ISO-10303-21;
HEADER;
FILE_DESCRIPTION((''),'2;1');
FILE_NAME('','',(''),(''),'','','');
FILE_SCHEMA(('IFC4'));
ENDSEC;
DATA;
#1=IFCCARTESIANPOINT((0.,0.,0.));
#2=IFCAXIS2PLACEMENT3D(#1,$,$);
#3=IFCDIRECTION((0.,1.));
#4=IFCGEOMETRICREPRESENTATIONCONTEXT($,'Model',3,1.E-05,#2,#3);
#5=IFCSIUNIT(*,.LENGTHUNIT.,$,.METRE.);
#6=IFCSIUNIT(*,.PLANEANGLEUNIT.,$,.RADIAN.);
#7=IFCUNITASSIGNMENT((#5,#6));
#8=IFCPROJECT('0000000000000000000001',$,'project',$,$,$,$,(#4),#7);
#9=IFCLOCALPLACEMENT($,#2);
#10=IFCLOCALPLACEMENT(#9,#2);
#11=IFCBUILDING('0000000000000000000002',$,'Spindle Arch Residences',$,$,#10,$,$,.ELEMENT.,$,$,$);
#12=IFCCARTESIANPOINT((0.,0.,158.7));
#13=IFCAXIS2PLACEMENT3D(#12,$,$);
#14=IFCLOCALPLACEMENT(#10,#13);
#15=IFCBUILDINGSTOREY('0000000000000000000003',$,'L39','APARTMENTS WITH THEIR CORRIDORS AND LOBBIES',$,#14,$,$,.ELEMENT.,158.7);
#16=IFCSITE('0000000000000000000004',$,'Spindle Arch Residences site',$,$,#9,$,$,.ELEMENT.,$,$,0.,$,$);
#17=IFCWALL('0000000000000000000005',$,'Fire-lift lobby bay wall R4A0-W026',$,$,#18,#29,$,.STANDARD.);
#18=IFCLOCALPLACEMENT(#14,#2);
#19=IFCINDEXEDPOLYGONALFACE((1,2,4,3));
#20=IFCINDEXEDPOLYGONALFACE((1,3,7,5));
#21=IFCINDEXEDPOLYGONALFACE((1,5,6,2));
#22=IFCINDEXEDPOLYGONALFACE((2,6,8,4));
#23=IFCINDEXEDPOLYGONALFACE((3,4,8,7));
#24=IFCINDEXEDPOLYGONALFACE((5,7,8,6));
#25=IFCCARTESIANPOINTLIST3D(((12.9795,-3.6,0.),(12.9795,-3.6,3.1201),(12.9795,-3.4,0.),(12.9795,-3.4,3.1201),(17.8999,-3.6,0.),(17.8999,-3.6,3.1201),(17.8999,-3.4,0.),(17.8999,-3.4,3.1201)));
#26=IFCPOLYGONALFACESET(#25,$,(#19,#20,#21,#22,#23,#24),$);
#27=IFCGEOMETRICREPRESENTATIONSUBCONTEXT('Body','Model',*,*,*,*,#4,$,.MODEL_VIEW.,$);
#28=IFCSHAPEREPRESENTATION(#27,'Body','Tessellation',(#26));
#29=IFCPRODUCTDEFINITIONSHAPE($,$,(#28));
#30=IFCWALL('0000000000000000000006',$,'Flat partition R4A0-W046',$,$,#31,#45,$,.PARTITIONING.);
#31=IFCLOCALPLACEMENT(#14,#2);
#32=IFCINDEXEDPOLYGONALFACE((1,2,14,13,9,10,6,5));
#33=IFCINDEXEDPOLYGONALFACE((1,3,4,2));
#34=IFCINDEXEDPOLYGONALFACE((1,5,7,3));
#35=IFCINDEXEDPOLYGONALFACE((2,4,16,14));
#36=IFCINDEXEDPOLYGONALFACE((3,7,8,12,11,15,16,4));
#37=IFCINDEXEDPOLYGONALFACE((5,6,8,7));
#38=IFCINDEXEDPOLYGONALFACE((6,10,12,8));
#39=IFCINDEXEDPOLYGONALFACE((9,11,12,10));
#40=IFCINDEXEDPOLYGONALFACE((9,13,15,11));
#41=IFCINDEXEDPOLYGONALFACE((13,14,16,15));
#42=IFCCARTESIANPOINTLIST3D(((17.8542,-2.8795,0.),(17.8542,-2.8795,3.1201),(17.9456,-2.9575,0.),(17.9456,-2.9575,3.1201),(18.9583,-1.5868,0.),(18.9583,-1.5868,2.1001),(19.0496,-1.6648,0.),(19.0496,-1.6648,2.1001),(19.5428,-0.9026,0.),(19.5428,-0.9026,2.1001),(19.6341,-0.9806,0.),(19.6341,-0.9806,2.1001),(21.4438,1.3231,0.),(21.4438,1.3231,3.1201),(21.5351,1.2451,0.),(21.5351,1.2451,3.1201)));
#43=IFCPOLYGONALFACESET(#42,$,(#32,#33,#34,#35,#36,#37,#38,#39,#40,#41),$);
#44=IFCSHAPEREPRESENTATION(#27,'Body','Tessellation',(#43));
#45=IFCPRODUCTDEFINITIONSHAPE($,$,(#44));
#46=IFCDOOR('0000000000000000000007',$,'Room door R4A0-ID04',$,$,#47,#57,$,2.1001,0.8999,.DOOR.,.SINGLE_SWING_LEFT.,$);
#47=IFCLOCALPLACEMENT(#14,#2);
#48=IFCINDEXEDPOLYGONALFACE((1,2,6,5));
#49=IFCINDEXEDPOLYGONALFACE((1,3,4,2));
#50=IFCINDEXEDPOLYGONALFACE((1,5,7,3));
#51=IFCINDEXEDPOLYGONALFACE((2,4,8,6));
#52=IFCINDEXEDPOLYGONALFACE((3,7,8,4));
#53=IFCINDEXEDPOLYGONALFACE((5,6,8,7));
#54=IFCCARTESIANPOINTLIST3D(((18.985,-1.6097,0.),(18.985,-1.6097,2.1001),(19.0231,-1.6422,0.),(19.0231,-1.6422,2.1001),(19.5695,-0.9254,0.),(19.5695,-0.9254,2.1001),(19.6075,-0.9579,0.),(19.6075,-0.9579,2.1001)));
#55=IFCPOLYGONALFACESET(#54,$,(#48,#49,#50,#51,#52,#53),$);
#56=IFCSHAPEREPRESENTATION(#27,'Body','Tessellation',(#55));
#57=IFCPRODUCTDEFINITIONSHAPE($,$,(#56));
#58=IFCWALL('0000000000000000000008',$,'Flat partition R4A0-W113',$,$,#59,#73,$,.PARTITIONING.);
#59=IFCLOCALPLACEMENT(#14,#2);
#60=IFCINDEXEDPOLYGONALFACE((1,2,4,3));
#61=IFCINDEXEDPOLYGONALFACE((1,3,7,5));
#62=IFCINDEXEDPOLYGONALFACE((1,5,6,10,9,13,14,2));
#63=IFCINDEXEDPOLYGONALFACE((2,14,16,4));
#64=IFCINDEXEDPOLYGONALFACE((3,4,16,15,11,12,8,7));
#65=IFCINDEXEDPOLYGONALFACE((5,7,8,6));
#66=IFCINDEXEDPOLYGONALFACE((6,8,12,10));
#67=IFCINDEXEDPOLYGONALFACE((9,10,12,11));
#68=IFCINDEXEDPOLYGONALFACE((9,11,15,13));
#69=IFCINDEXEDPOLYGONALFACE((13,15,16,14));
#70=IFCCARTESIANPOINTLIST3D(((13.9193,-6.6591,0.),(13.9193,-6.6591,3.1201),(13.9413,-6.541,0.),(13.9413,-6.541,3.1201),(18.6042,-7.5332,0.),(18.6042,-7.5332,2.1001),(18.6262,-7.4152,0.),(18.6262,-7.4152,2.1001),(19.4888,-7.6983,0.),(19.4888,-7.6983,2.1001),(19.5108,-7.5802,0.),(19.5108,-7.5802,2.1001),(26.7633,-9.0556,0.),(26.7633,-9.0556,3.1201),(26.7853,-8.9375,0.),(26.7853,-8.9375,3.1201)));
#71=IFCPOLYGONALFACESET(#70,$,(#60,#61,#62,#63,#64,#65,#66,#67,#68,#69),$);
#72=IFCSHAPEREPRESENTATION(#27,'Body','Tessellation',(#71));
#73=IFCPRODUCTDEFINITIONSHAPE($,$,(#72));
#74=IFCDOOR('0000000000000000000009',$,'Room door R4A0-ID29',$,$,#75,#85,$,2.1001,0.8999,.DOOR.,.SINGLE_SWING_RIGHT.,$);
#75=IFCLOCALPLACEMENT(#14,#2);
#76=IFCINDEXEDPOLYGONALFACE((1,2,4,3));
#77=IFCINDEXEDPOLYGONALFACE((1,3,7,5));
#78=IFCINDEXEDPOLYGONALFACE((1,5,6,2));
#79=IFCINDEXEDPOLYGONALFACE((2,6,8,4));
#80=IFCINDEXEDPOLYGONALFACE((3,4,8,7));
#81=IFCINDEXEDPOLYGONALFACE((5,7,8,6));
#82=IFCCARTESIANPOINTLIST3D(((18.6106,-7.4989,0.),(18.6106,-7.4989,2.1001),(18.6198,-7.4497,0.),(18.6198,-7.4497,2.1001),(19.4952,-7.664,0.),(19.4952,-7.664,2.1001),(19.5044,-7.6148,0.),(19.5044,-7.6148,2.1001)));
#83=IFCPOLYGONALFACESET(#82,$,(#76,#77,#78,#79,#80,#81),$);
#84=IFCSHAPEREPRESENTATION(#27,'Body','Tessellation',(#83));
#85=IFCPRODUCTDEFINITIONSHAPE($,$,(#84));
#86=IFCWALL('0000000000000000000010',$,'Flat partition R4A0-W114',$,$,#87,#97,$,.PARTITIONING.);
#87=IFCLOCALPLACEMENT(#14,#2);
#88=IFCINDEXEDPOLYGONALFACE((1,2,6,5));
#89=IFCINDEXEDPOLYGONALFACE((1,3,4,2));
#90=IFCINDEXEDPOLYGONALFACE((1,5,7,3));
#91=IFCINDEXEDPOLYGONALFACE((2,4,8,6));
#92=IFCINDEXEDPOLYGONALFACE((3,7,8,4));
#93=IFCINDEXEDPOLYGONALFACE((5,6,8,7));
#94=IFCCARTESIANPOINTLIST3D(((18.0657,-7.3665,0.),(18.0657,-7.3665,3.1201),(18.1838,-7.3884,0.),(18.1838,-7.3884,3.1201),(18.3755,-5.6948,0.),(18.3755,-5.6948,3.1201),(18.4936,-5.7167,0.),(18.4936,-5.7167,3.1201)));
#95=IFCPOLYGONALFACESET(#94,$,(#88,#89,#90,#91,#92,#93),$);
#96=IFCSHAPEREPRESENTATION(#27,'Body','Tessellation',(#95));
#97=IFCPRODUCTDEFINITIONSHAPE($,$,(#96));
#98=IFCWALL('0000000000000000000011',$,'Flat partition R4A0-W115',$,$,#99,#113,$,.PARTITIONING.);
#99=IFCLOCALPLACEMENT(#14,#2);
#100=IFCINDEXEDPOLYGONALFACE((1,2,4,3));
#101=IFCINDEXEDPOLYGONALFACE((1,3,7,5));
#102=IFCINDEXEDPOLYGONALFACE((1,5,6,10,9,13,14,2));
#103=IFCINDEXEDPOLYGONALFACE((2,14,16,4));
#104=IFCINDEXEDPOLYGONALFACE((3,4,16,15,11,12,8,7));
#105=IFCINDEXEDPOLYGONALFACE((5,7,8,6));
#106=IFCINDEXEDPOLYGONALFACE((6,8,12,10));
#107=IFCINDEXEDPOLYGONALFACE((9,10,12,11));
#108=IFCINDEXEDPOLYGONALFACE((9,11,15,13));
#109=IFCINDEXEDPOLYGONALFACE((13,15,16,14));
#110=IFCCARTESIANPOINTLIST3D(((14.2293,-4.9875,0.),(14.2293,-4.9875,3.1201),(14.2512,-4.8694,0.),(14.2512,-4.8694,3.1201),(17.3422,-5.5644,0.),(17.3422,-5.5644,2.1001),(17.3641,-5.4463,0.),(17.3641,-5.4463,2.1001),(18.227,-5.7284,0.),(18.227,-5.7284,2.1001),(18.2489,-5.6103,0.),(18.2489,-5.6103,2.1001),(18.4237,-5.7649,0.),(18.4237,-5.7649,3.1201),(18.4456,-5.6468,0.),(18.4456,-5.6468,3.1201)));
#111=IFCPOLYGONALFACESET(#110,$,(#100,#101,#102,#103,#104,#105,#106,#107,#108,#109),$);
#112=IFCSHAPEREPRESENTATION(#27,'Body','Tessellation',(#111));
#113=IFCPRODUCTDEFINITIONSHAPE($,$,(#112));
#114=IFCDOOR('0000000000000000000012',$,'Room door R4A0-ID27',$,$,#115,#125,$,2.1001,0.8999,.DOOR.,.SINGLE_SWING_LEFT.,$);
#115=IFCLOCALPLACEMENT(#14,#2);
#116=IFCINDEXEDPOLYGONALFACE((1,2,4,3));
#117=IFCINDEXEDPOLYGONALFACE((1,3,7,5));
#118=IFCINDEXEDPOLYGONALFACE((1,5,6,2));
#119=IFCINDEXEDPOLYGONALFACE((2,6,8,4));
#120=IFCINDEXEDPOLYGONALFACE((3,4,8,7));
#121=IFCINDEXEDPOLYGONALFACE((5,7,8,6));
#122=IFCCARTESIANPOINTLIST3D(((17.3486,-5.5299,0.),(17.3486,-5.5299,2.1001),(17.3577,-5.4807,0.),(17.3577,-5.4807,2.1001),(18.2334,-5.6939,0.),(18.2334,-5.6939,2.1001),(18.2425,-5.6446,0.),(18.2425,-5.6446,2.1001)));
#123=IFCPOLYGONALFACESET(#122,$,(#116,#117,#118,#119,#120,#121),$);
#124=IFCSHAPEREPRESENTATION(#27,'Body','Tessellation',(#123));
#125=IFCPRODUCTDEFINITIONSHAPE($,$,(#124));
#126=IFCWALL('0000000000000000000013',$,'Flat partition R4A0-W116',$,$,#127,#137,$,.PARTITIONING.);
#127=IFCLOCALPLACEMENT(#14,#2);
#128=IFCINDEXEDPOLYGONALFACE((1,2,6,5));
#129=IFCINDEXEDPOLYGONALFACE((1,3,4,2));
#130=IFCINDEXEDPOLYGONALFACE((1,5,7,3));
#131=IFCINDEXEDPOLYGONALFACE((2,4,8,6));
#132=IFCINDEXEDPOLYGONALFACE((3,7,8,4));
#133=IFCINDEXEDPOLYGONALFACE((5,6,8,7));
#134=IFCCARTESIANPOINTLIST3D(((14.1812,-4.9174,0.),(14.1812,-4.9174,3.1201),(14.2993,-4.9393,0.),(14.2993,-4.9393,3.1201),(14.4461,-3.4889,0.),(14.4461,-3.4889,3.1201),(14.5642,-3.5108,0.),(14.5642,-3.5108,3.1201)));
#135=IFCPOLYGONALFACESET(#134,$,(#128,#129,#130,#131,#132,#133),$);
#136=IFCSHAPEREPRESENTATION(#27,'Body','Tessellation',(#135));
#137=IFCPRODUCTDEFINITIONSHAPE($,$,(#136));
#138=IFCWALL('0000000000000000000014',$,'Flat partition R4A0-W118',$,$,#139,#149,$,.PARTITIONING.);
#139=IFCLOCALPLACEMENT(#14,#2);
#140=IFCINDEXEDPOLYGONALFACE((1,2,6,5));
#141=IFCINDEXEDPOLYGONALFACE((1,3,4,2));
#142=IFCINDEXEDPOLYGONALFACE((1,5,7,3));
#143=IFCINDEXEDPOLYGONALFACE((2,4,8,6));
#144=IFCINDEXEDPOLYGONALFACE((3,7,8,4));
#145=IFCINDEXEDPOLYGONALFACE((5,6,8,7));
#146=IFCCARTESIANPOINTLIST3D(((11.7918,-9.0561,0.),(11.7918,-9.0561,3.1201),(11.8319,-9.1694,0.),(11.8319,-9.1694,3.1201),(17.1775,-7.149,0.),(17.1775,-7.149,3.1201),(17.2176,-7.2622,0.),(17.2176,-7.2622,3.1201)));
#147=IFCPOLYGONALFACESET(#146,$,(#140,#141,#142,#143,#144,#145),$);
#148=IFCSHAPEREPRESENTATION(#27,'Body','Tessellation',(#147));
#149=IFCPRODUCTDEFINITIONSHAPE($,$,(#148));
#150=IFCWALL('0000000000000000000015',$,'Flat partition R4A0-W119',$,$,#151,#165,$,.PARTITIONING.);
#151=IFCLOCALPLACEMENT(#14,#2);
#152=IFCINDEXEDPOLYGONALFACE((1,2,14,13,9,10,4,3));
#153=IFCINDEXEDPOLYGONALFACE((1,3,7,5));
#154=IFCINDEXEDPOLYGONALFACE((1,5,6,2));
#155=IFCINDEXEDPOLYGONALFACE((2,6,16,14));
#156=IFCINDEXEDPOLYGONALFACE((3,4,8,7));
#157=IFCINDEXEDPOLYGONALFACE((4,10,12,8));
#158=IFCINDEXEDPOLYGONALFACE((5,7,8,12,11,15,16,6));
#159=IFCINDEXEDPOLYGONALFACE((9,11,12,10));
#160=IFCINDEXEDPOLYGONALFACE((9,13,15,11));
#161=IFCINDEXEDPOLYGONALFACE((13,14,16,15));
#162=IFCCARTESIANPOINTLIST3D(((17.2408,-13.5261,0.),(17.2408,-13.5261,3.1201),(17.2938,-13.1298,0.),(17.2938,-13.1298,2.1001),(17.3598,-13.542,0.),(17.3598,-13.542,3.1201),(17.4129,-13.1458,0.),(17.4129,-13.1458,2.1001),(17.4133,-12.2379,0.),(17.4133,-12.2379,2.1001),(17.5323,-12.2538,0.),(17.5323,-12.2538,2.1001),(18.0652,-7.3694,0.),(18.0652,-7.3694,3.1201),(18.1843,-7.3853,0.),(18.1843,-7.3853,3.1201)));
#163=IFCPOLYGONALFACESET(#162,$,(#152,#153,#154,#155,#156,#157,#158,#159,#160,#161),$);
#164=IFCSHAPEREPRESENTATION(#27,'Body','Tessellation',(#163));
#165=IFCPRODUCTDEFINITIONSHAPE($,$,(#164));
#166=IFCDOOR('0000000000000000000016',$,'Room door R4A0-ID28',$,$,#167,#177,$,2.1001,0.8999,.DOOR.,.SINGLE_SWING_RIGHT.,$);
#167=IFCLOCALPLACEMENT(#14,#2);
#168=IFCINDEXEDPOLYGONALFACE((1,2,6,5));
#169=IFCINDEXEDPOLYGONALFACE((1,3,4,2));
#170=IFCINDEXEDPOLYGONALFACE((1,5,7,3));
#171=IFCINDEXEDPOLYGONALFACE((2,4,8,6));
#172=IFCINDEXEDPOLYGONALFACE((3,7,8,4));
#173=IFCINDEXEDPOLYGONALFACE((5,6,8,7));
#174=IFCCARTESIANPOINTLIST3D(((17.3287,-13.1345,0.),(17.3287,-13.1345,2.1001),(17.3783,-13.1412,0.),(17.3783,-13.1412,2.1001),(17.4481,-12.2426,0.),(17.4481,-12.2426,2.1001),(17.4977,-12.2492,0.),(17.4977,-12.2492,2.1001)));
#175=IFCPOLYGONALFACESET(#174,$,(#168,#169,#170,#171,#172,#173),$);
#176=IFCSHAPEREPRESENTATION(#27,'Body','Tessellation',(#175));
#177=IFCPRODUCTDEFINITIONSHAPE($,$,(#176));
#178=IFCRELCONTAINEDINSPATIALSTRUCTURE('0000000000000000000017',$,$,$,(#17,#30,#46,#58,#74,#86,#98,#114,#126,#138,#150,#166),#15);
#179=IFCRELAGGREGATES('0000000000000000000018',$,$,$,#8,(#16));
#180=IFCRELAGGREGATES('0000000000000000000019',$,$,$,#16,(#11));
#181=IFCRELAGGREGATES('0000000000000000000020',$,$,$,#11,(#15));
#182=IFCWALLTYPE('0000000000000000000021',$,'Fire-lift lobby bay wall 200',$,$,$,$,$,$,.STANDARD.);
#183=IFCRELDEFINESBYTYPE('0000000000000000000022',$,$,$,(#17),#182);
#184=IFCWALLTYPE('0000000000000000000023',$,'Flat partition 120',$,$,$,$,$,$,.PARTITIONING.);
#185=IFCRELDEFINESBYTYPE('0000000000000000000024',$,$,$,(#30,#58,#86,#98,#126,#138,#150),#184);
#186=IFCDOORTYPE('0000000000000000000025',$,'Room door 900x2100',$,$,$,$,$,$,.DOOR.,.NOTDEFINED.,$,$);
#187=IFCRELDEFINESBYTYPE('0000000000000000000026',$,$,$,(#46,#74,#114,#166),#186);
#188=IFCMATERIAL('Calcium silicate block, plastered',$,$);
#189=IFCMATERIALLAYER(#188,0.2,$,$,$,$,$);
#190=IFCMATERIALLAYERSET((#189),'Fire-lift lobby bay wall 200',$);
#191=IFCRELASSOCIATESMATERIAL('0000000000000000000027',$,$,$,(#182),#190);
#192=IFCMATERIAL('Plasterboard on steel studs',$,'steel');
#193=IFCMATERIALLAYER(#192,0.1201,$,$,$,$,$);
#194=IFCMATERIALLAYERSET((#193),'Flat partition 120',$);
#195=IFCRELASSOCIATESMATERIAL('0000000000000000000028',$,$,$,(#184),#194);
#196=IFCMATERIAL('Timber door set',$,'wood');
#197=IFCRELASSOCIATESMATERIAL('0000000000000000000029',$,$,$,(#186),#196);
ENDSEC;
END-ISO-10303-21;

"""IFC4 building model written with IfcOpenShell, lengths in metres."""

from ifc_helpers import new_model, si_unit, direction, frame, frame_2d, origin, place, context, subcontext, project, spatial, rectangle, extrude, material, layer, layer_set, type_object, element, fill, save


model = new_model("IFC4")

# Units and contexts
model_context = context("Model", 3, precision=1e-05, world=origin(), true_north=direction((0.0, 1.0)))
body_context = subcontext(model_context, "Body", "Model", "MODEL_VIEW")
ifc_project = project(units=[si_unit("LENGTHUNIT", "METRE"), si_unit("PLANEANGLEUNIT", "RADIAN")], contexts=[model_context])

# Site, building, storey
site_placement = place(None, origin())
site = spatial("IfcSite", under=ifc_project, at=site_placement, Name="Spindle Arch Residences site", CompositionType="ELEMENT", RefElevation=0.0)
building_placement = place(site_placement, origin())
building = spatial("IfcBuilding", under=site, at=building_placement, Name="Spindle Arch Residences", CompositionType="ELEMENT")
storey_placement = place(building_placement, frame((0.0, 0.0, 158.7)))
storey = spatial("IfcBuildingStorey", under=building, at=storey_placement, Name="L39", Description="APARTMENTS WITH THEIR CORRIDORS AND LOBBIES", CompositionType="ELEMENT", Elevation=158.7)

# Shared definitions
ifc_material_1 = material(Name="Calcium silicate block, plastered")
ifc_layer_1 = layer(ifc_material_1, 0.2)
ifc_layer_set_1 = layer_set([ifc_layer_1], Name="Fire-lift lobby bay wall 200")
wall_type_1 = type_object("IfcWallType", Name="Fire-lift lobby bay wall 200", PredefinedType="STANDARD", material=ifc_layer_set_1)

# Wall
wall_1_placement = place(storey_placement, frame((12.9795, -3.5, 0.0), z_axis=(0.0, 0.0, 1.0), x_axis=(1.0, 0.0, 0.0)))
element("IfcWall", 1, at=wall_1_placement, inside=storey, type_object=wall_type_1, Name="Fire-lift lobby bay wall R4A0-W026", PredefinedType="STANDARD", context=body_context, shape_type="SweptSolid", body=[
    extrude(rectangle(XDim=4.9204, YDim=0.2, at=frame_2d((2.4602, 0.0))), origin(), (0.0, 0.0, 1.0), 3.1201),
])

# Walls, openings, doors
ifc_material_2 = material(Name="Plasterboard on steel studs", Category="steel")
ifc_layer_2 = layer(ifc_material_2, 0.1201)
ifc_layer_set_2 = layer_set([ifc_layer_2], Name="Flat partition 120")
wall_type_2 = type_object("IfcWallType", Name="Flat partition 120", PredefinedType="PARTITIONING", material=ifc_layer_set_2)
wall_2_placement = place(storey_placement, frame((17.8999, -2.9185, 0.0), z_axis=(0.0, 0.0, 1.0), x_axis=(0.64947, 0.760387, 0.0)))
wall_2 = element("IfcWall", 2, at=wall_2_placement, inside=storey, type_object=wall_type_2, Name="Flat partition R4A0-W046", PredefinedType="PARTITIONING", context=body_context, shape_type="SweptSolid", body=[
    extrude(rectangle(XDim=5.5269, YDim=0.1201, at=frame_2d((2.7634, 0.0))), origin(), (0.0, 0.0, 1.0), 3.1201),
])
opening_1_placement = place(wall_2_placement, frame((1.7, 0.0, 0.0)))
opening_1 = element("IfcOpeningElement", 3, at=opening_1_placement, cuts=wall_2, PredefinedType="OPENING", context=body_context, shape_type="SweptSolid", body=[
    extrude(rectangle(XDim=0.8999, YDim=2.1001, at=frame_2d((0.45, 1.05))), frame((0.0, 0.0701, 0.0), z_axis=(0.0, -1.0, 0.0), x_axis=(1.0, 0.0, 0.0)), (0.0, 0.0, 1.0), 0.1401),
])
ifc_material_3 = material(Name="Timber door set", Category="wood")
door_type_1 = type_object("IfcDoorType", Name="Room door 900x2100", OperationType="NOTDEFINED", PredefinedType="DOOR", material=ifc_material_3)
door_1_placement = place(opening_1_placement, origin())
door_1 = element("IfcDoor", 4, at=door_1_placement, inside=storey, type_object=door_type_1, Name="Room door R4A0-ID04", OperationType="SINGLE_SWING_LEFT", OverallHeight=2.1001, OverallWidth=0.8999, PredefinedType="DOOR", context=body_context, shape_type="SweptSolid", body=[
    extrude(rectangle(XDim=0.8999, YDim=2.1001, at=frame_2d((0.45, 1.05))), frame((0.0, 0.0249, 0.0), z_axis=(0.0, -1.0, 0.0), x_axis=(1.0, 0.0, 0.0)), (0.0, 0.0, 1.0), 0.05),
])
fill(opening_1, door_1)
wall_3_placement = place(storey_placement, frame((13.9304, -6.6001, 0.0), z_axis=(0.0, 0.0, 1.0), x_axis=(0.983035, -0.183419, 0.0)))
wall_3 = element("IfcWall", 5, at=wall_3_placement, inside=storey, type_object=wall_type_2, Name="Flat partition R4A0-W113", PredefinedType="PARTITIONING", context=body_context, shape_type="SweptSolid", body=[
    extrude(rectangle(XDim=13.0657, YDim=0.1201, at=frame_2d((6.5327, 0.0))), origin(), (0.0, 0.0, 1.0), 3.1201),
])
opening_2_placement = place(wall_3_placement, frame((4.7656, 0.0, 0.0)))
opening_2 = element("IfcOpeningElement", 6, at=opening_2_placement, cuts=wall_3, PredefinedType="OPENING", context=body_context, shape_type="SweptSolid", body=[
    extrude(rectangle(XDim=0.8999, YDim=2.1001, at=frame_2d((0.45, 1.05))), frame((0.0, 0.0701, 0.0), z_axis=(0.0, -1.0, 0.0), x_axis=(1.0, 0.0, 0.0)), (0.0, 0.0, 1.0), 0.1401),
])
door_2_placement = place(opening_2_placement, origin())
door_2 = element("IfcDoor", 7, at=door_2_placement, inside=storey, type_object=door_type_1, Name="Room door R4A0-ID29", OperationType="SINGLE_SWING_RIGHT", OverallHeight=2.1001, OverallWidth=0.8999, PredefinedType="DOOR", context=body_context, shape_type="SweptSolid", body=[
    extrude(rectangle(XDim=0.8999, YDim=2.1001, at=frame_2d((0.45, 1.05))), frame((0.0, 0.0249, 0.0), z_axis=(0.0, -1.0, 0.0), x_axis=(1.0, 0.0, 0.0)), (0.0, 0.0, 1.0), 0.05),
])
fill(opening_2, door_2)

# Wall
wall_4_placement = place(storey_placement, frame((18.1248, -7.3774, 0.0), z_axis=(0.0, 0.0, 1.0), x_axis=(0.182233, 0.983255, 0.0)))
element("IfcWall", 8, at=wall_4_placement, inside=storey, type_object=wall_type_2, Name="Flat partition R4A0-W114", PredefinedType="PARTITIONING", context=body_context, shape_type="SweptSolid", body=[
    extrude(rectangle(XDim=1.7002, YDim=0.1201, at=frame_2d((0.8501, 0.0))), origin(), (0.0, 0.0, 1.0), 3.1201),
])

# Wall, opening, door
wall_5_placement = place(storey_placement, frame((18.4346, -5.7058, 0.0), z_axis=(0.0, 0.0, 1.0), x_axis=(-0.983256, 0.182229, 0.0)))
wall_5 = element("IfcWall", 9, at=wall_5_placement, inside=storey, type_object=wall_type_2, Name="Flat partition R4A0-W115", PredefinedType="PARTITIONING", context=body_context, shape_type="SweptSolid", body=[
    extrude(rectangle(XDim=4.2659, YDim=0.1201, at=frame_2d((2.1328, 0.0))), origin(), (0.0, 0.0, 1.0), 3.1201),
])
opening_3_placement = place(wall_5_placement, frame((0.2, 0.0, 0.0)))
opening_3 = element("IfcOpeningElement", 10, at=opening_3_placement, cuts=wall_5, PredefinedType="OPENING", context=body_context, shape_type="SweptSolid", body=[
    extrude(rectangle(XDim=0.8999, YDim=2.1001, at=frame_2d((0.45, 1.05))), frame((0.0, 0.0701, 0.0), z_axis=(0.0, -1.0, 0.0), x_axis=(1.0, 0.0, 0.0)), (0.0, 0.0, 1.0), 0.1401),
])
door_3_placement = place(opening_3_placement, origin())
door_3 = element("IfcDoor", 11, at=door_3_placement, inside=storey, type_object=door_type_1, Name="Room door R4A0-ID27", OperationType="SINGLE_SWING_LEFT", OverallHeight=2.1001, OverallWidth=0.8999, PredefinedType="DOOR", context=body_context, shape_type="SweptSolid", body=[
    extrude(rectangle(XDim=0.8999, YDim=2.1001, at=frame_2d((0.45, 1.05))), frame((0.0, 0.0249, 0.0), z_axis=(0.0, -1.0, 0.0), x_axis=(1.0, 0.0, 0.0)), (0.0, 0.0, 1.0), 0.05),
])
fill(opening_3, door_3)

# Walls
wall_6_placement = place(storey_placement, frame((14.2402, -4.9285, 0.0), z_axis=(0.0, 0.0, 1.0), x_axis=(0.18233, 0.983237, 0.0)))
element("IfcWall", 12, at=wall_6_placement, inside=storey, type_object=wall_type_2, Name="Flat partition R4A0-W116", PredefinedType="PARTITIONING", context=body_context, shape_type="SweptSolid", body=[
    extrude(rectangle(XDim=1.4529, YDim=0.1201, at=frame_2d((0.7266, 0.0))), origin(), (0.0, 0.0, 1.0), 3.1201),
])
wall_7_placement = place(storey_placement, frame((17.1975, -7.2056, 0.0), z_axis=(0.0, 0.0, 1.0), x_axis=(-0.94264, -0.333812, 0.0)))
element("IfcWall", 13, at=wall_7_placement, inside=storey, type_object=wall_type_2, Name="Flat partition R4A0-W118", PredefinedType="PARTITIONING", context=body_context, shape_type="SweptSolid", body=[
    extrude(rectangle(XDim=5.7134, YDim=0.1201, at=frame_2d((2.8567, 0.0))), origin(), (0.0, 0.0, 1.0), 3.1201),
])

# Wall, opening, door
wall_8_placement = place(storey_placement, frame((17.3003, -13.5342, 0.0), z_axis=(0.0, 0.0, 1.0), x_axis=(0.132728, 0.991153, 0.0)))
wall_8 = element("IfcWall", 14, at=wall_8_placement, inside=storey, type_object=wall_type_2, Name="Flat partition R4A0-W119", PredefinedType="PARTITIONING", context=body_context, shape_type="SweptSolid", body=[
    extrude(rectangle(XDim=6.2117, YDim=0.1201, at=frame_2d((3.106, 0.0))), origin(), (0.0, 0.0, 1.0), 3.1201),
])
opening_4_placement = place(wall_8_placement, frame((0.3999, 0.0, 0.0)))
opening_4 = element("IfcOpeningElement", 15, at=opening_4_placement, cuts=wall_8, PredefinedType="OPENING", context=body_context, shape_type="SweptSolid", body=[
    extrude(rectangle(XDim=0.8999, YDim=2.1001, at=frame_2d((0.45, 1.05))), frame((0.0, 0.0701, 0.0), z_axis=(0.0, -1.0, 0.0), x_axis=(1.0, 0.0, 0.0)), (0.0, 0.0, 1.0), 0.1401),
])
door_4_placement = place(opening_4_placement, origin())
door_4 = element("IfcDoor", 16, at=door_4_placement, inside=storey, type_object=door_type_1, Name="Room door R4A0-ID28", OperationType="SINGLE_SWING_RIGHT", OverallHeight=2.1001, OverallWidth=0.8999, PredefinedType="DOOR", context=body_context, shape_type="SweptSolid", body=[
    extrude(rectangle(XDim=0.8999, YDim=2.1001, at=frame_2d((0.45, 1.05))), frame((0.0, 0.0249, 0.0), z_axis=(0.0, -1.0, 0.0), x_axis=(1.0, 0.0, 0.0)), (0.0, 0.0, 1.0), 0.05),
])
fill(opening_4, door_4)

save(model, "model.ifc")
